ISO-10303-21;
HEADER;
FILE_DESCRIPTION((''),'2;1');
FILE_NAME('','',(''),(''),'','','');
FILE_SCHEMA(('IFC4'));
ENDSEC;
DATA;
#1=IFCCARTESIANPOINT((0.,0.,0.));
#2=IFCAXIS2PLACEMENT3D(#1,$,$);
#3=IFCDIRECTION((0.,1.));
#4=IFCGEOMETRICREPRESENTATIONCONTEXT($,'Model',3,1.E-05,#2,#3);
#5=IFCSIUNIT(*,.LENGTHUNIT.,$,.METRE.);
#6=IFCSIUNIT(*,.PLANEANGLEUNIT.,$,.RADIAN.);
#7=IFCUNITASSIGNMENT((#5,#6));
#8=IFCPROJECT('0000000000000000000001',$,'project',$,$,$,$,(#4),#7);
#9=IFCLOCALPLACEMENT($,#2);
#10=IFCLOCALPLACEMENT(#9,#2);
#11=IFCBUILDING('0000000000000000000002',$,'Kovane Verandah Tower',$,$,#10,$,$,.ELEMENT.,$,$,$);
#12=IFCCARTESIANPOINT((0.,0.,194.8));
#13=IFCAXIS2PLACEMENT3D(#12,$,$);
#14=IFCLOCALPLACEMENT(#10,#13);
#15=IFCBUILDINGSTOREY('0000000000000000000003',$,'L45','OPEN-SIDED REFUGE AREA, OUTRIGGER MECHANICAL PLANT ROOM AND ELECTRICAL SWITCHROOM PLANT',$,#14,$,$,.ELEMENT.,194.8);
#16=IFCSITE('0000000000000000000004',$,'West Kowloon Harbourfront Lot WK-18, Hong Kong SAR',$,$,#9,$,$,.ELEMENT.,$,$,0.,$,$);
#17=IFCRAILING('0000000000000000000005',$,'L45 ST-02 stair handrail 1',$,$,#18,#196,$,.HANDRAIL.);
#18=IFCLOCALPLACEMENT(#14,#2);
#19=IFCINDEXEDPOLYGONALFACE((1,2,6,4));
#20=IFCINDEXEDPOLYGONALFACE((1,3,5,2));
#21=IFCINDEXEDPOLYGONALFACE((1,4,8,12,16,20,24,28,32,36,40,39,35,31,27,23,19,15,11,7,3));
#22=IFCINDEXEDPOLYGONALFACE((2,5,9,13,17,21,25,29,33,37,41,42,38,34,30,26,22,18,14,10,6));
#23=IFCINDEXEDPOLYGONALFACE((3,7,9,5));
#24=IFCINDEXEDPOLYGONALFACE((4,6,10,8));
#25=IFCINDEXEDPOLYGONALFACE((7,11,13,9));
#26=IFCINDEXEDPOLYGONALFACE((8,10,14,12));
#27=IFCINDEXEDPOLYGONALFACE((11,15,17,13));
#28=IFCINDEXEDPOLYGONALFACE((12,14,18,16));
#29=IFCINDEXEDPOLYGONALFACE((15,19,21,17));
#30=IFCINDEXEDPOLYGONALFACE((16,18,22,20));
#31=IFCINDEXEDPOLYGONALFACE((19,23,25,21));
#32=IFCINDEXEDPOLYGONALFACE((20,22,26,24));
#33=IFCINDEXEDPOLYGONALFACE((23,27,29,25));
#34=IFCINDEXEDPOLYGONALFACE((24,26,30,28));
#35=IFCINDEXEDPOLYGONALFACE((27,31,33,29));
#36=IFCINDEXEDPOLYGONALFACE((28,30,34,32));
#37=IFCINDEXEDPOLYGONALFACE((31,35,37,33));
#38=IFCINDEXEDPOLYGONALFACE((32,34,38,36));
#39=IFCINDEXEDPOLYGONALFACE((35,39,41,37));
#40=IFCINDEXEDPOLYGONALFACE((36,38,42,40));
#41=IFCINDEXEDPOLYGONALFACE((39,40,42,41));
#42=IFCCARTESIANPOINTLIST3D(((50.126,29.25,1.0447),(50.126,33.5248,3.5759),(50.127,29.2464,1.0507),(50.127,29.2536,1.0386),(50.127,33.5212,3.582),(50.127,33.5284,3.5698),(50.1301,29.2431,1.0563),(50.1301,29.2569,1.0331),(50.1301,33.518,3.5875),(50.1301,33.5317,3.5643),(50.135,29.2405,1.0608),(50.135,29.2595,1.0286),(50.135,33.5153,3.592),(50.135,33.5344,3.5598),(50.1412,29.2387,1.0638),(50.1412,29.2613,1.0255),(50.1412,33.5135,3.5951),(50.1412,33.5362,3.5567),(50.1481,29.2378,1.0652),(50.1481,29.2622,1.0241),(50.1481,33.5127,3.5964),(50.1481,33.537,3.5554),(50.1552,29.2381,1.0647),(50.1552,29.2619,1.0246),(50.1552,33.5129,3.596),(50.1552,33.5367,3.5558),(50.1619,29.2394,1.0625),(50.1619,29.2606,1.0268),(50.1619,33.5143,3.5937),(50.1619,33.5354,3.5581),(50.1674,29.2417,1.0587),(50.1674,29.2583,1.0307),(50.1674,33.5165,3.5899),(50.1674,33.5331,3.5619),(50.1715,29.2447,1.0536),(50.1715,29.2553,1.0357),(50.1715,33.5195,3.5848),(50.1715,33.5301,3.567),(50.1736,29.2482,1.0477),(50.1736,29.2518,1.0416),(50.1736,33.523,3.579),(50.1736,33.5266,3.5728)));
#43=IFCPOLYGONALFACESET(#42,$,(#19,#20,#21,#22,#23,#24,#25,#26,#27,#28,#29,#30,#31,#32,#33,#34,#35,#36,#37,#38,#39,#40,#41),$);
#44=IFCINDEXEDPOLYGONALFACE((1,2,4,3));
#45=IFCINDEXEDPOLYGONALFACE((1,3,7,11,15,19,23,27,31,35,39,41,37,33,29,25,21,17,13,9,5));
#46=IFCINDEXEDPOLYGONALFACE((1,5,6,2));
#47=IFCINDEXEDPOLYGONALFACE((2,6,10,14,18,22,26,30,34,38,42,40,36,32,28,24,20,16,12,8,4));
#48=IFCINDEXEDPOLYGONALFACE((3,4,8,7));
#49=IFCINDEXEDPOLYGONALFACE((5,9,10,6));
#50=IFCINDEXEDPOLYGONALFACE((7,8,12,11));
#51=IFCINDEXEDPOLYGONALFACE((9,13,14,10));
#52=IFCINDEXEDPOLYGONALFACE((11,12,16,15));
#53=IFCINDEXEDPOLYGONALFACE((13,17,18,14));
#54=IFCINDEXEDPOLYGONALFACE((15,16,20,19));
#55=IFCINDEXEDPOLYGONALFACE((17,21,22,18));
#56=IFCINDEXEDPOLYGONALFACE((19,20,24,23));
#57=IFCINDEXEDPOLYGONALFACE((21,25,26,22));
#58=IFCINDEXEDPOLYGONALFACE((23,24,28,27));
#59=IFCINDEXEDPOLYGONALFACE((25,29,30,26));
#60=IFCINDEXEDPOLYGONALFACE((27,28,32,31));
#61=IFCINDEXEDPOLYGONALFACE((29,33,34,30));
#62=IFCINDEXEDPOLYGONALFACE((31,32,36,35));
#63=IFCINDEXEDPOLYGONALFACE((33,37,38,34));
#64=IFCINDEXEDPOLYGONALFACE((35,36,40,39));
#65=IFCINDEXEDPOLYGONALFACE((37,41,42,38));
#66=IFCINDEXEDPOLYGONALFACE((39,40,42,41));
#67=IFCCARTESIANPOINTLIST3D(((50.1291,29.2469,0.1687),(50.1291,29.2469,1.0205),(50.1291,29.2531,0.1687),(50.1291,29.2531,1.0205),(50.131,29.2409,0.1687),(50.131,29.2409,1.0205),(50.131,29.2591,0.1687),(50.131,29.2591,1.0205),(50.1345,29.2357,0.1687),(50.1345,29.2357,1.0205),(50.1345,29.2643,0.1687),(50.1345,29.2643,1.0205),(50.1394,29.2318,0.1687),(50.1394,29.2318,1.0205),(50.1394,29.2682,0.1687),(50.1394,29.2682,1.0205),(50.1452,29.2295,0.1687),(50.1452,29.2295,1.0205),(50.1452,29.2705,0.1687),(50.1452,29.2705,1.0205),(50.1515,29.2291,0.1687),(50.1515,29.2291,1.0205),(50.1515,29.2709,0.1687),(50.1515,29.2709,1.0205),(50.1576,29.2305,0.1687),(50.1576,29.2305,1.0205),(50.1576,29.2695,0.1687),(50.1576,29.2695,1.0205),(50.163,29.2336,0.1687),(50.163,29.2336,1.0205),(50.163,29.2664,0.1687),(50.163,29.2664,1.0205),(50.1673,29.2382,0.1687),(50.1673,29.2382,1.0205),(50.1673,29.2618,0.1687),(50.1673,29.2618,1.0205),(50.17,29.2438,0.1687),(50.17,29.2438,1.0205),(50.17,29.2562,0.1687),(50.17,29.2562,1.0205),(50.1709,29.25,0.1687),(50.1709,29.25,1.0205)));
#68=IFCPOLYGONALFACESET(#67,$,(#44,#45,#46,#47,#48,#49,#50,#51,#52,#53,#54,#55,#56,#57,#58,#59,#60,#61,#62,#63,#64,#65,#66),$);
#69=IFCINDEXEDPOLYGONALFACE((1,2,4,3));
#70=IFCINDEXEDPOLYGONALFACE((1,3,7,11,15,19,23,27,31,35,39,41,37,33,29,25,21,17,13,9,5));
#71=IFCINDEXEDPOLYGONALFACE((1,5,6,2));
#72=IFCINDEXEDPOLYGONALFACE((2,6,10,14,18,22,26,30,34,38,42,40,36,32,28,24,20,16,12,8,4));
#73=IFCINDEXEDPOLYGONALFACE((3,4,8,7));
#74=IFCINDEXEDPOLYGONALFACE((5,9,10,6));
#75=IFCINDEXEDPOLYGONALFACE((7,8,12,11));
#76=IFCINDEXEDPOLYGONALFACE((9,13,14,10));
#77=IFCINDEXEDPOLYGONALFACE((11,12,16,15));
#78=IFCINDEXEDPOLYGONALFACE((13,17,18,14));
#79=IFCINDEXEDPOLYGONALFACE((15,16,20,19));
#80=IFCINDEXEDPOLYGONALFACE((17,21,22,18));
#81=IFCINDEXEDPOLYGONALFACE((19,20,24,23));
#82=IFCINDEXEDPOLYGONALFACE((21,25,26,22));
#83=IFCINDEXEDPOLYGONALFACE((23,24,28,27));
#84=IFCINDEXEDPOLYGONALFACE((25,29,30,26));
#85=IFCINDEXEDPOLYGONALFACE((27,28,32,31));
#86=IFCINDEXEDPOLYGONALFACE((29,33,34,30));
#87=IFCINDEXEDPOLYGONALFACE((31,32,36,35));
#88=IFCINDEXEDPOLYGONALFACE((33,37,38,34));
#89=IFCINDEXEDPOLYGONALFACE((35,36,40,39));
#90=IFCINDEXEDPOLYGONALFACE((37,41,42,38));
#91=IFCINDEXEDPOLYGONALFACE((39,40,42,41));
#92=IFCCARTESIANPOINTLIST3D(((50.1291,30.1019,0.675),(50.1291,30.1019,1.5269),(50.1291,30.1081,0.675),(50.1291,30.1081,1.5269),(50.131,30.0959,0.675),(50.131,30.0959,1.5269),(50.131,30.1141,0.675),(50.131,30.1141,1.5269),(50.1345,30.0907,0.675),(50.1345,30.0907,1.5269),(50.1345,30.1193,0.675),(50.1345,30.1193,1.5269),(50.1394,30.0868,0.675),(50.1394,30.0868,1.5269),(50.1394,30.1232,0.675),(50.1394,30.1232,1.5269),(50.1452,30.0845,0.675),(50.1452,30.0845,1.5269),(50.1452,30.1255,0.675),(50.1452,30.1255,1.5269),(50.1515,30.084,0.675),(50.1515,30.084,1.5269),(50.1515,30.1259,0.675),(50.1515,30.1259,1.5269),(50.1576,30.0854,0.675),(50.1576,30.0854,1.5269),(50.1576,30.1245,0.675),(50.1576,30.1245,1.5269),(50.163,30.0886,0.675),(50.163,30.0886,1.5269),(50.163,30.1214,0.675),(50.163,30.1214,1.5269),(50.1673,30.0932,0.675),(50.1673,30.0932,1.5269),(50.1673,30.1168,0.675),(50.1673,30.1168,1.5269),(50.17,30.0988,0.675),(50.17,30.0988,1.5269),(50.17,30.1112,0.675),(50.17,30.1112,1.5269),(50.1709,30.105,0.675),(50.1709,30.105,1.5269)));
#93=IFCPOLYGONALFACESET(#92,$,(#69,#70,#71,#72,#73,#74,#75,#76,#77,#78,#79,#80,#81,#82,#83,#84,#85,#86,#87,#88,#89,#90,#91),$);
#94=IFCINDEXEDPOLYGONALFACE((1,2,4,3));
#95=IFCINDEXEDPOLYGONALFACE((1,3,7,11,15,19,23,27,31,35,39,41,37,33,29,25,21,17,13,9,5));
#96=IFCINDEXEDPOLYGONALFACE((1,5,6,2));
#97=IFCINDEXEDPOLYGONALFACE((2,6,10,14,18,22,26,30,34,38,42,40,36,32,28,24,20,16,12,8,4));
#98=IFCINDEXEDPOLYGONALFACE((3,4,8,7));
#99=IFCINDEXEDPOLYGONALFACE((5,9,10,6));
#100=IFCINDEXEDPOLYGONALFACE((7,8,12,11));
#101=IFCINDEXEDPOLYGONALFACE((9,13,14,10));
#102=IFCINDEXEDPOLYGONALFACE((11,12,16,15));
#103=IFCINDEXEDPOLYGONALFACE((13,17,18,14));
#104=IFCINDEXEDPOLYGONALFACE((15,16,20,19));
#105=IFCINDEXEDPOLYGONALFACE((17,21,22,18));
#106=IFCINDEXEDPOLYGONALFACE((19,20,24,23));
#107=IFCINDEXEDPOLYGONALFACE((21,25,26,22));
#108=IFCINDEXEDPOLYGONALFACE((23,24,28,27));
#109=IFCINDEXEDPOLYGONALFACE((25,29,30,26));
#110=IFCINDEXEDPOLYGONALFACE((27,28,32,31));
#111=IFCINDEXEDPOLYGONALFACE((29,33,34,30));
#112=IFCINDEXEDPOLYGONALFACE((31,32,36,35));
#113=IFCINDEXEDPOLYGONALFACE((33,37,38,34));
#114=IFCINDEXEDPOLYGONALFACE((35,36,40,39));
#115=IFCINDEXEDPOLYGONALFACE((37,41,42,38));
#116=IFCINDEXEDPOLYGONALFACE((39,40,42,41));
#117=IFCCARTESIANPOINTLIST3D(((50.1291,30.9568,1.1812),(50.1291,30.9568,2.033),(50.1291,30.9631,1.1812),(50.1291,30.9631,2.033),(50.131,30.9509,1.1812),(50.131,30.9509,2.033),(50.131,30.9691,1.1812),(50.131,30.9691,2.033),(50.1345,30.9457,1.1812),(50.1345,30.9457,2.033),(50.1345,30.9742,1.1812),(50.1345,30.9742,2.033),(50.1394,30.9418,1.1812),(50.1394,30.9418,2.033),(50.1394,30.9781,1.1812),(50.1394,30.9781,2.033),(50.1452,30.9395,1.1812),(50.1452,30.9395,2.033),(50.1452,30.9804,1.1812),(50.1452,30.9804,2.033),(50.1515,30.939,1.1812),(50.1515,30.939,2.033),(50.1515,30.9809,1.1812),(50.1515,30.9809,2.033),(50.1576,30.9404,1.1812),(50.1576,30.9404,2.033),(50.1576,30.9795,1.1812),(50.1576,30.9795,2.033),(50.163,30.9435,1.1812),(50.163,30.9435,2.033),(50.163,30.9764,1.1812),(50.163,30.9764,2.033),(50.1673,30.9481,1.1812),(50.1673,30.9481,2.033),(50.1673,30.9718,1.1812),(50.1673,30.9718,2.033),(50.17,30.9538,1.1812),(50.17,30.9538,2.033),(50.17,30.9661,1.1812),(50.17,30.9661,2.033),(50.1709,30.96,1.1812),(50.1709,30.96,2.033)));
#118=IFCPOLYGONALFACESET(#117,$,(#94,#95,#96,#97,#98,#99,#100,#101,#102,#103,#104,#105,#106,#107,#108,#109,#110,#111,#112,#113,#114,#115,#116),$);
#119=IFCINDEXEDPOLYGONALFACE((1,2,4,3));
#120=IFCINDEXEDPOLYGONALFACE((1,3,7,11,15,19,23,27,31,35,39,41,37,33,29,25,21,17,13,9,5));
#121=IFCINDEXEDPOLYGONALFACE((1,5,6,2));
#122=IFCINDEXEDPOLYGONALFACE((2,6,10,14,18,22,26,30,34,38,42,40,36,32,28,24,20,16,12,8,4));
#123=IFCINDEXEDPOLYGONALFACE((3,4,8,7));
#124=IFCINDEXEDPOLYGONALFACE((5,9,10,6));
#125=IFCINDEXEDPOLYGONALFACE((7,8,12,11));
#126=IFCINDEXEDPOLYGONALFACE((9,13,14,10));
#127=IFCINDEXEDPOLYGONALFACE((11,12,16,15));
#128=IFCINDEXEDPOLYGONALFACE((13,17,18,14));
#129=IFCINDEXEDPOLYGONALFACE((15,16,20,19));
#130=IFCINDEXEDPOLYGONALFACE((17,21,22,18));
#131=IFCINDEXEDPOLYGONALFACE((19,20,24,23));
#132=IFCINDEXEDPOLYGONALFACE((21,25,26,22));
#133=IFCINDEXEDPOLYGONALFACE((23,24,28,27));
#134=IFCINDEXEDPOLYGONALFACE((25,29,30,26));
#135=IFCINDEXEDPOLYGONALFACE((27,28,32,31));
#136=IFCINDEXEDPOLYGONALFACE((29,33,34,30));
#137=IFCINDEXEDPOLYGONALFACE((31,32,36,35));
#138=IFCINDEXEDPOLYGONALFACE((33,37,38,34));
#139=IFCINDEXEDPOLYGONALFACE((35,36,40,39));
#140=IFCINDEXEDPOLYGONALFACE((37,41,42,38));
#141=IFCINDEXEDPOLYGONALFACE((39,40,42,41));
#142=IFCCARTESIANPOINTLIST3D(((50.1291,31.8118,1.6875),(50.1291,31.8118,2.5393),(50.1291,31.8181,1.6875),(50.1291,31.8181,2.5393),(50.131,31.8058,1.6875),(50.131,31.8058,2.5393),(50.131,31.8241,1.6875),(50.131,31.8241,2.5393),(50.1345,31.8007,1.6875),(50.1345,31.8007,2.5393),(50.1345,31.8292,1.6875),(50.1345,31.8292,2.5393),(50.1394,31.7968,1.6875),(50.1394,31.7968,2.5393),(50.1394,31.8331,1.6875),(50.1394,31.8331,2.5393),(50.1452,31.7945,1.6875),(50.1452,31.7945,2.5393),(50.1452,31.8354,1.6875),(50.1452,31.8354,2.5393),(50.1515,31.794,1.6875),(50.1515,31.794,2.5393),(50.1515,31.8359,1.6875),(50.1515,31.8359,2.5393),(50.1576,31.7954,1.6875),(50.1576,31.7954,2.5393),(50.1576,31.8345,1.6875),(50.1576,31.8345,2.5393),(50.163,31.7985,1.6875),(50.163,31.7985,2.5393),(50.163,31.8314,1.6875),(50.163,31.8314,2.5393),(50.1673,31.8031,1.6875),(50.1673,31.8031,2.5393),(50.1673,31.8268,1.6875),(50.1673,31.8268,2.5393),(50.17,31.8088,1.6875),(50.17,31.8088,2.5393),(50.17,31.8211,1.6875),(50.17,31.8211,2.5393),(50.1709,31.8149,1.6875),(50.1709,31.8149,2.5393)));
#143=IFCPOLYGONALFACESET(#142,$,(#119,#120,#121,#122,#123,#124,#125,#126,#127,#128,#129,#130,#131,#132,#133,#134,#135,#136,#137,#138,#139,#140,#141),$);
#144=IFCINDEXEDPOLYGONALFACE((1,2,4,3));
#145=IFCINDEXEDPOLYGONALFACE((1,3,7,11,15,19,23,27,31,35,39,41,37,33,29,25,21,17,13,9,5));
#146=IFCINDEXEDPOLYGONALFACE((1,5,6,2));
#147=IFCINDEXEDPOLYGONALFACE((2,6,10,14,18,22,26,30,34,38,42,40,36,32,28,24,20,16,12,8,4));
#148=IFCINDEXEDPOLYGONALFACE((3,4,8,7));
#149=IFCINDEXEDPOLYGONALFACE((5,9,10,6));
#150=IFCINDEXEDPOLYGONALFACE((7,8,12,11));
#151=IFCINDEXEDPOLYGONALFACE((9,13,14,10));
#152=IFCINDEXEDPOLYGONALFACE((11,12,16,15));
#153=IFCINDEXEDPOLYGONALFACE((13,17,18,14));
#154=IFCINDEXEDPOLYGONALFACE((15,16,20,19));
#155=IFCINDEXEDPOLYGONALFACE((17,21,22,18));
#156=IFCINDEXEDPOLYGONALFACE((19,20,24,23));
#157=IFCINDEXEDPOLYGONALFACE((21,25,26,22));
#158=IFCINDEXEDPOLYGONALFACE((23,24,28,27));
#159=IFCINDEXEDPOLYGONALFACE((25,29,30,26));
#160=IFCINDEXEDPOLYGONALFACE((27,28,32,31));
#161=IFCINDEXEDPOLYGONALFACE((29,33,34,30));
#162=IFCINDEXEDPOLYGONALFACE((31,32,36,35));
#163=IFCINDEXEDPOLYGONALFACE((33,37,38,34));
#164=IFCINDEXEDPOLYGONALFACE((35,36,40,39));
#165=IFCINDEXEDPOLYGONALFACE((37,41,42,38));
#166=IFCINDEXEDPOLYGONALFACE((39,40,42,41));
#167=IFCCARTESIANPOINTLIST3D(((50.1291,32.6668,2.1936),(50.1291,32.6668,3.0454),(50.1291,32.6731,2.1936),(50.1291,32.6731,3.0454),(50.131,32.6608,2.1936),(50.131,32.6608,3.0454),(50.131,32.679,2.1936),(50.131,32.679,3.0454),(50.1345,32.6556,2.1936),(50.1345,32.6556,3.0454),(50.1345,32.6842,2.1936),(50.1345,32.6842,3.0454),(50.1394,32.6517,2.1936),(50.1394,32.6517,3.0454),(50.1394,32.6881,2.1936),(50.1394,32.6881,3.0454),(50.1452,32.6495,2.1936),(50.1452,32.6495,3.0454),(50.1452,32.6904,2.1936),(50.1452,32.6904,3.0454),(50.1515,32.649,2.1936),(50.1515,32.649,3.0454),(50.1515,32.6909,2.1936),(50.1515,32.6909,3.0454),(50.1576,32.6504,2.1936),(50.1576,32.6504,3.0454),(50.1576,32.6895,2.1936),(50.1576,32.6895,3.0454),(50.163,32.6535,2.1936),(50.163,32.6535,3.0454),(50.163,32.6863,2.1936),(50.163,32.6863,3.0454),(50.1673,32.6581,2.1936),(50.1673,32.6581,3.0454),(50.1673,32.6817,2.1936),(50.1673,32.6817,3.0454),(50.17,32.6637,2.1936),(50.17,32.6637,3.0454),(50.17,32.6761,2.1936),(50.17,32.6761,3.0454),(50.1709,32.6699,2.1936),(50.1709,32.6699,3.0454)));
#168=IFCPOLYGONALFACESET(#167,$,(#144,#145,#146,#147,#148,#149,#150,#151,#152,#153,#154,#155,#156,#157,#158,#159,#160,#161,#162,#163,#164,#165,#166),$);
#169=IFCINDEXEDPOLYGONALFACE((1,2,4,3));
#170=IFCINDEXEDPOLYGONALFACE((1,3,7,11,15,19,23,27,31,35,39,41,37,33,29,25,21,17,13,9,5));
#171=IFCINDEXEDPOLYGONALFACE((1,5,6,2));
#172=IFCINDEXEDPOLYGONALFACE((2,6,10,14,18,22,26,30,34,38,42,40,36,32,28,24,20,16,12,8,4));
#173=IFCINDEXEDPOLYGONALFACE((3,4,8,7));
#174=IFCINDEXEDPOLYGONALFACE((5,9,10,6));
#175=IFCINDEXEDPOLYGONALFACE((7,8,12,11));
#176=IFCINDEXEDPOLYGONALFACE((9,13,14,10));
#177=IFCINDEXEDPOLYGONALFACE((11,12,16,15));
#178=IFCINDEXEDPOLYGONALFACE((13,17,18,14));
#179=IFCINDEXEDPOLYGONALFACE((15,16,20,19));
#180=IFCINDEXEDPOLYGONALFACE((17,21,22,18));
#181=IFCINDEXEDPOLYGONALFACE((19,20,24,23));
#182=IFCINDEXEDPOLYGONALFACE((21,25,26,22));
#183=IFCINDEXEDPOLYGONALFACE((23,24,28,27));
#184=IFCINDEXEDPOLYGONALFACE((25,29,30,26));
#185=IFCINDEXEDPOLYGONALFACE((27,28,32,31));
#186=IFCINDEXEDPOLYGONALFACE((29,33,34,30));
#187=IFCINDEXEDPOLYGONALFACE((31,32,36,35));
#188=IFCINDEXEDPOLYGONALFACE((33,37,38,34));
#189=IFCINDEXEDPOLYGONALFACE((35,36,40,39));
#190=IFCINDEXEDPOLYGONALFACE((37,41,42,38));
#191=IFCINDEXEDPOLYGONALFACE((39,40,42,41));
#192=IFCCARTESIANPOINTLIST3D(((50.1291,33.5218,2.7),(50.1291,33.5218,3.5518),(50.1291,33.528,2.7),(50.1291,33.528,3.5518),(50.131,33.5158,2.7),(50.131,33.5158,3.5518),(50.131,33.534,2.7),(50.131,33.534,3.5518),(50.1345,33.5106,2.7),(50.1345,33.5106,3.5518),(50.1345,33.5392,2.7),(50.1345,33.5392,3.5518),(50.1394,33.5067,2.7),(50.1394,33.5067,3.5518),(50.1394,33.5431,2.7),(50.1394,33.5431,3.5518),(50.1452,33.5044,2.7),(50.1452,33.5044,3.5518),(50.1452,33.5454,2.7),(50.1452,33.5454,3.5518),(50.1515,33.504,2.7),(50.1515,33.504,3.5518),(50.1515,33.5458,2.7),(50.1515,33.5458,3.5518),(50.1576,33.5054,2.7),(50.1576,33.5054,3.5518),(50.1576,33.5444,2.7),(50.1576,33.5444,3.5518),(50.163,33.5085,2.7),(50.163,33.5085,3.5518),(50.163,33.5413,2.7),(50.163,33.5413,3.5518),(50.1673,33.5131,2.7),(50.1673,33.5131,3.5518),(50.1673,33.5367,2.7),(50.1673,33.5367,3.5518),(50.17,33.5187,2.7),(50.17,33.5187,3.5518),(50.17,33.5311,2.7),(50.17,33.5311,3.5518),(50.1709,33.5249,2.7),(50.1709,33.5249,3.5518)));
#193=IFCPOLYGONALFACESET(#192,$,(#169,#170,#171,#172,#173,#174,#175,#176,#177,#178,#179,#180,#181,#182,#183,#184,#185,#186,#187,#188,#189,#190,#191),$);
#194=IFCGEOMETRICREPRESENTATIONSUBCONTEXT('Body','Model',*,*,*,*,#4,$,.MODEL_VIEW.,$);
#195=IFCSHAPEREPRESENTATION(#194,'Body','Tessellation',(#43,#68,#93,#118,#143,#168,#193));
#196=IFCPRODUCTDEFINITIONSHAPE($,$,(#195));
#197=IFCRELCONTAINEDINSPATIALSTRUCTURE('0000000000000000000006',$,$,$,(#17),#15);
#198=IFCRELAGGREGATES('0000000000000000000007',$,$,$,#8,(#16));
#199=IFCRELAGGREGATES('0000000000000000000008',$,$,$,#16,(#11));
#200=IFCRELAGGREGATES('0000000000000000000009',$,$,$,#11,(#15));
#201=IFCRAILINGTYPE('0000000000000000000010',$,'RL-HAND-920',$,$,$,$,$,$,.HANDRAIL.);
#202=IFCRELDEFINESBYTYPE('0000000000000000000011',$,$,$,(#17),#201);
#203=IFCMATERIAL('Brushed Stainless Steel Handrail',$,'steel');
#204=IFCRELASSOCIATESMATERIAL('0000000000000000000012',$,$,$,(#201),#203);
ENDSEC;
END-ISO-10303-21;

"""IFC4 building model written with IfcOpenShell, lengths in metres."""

from ifc_helpers import new_model, si_unit, direction, frame, origin, origin_2d, place, context, subcontext, project, spatial, circle, extrude, material, type_object, element, save


model = new_model("IFC4")

# Units and contexts
model_context = context("Model", 3, precision=1e-05, world=origin(), true_north=direction((0.0, 1.0)))
body_context = subcontext(model_context, "Body", "Model", "MODEL_VIEW")
ifc_project = project(units=[si_unit("LENGTHUNIT", "METRE"), si_unit("PLANEANGLEUNIT", "RADIAN")], contexts=[model_context])

# Site, building, storey
site_placement = place(None, origin())
site = spatial("IfcSite", under=ifc_project, at=site_placement, Name="West Kowloon Harbourfront Lot WK-18, Hong Kong SAR", CompositionType="ELEMENT", RefElevation=0.0)
building_placement = place(site_placement, origin())
building = spatial("IfcBuilding", under=site, at=building_placement, Name="Kovane Verandah Tower", CompositionType="ELEMENT")
storey_placement = place(building_placement, frame((0.0, 0.0, 194.8)))
storey = spatial("IfcBuildingStorey", under=building, at=storey_placement, Name="L45", Description="OPEN-SIDED REFUGE AREA, OUTRIGGER MECHANICAL PLANT ROOM AND ELECTRICAL SWITCHROOM PLANT", CompositionType="ELEMENT", Elevation=194.8)

# Railing
ifc_material_1 = material(Name="Brushed Stainless Steel Handrail", Category="steel")
railing_type_1 = type_object("IfcRailingType", Name="RL-HAND-920", PredefinedType="HANDRAIL", material=ifc_material_1)
railing_1_placement = place(storey_placement, frame((50.1499, 29.25, 0.1687)))
element("IfcRailing", 1, at=railing_1_placement, inside=storey, type_object=railing_type_1, Name="L45 ST-02 stair handrail 1", PredefinedType="HANDRAIL", context=body_context, shape_type="SweptSolid", body=[
    extrude(circle(Radius=0.0239, at=origin_2d()), frame((0.0, 0.0, 0.876), z_axis=(0.0, 0.86047, 0.509501), x_axis=(-1.0, 0.0, 0.0)), (0.0, 0.0, 1.0), 4.968),
    extrude(circle(Radius=0.021, at=origin_2d()), origin(), (0.0, 0.0, 1.0), 0.8518),
    extrude(circle(Radius=0.021, at=origin_2d()), frame((0.0, 0.855, 0.5063)), (0.0, 0.0, 1.0), 0.8518),
    extrude(circle(Radius=0.021, at=origin_2d()), frame((0.0, 1.71, 1.0125)), (0.0, 0.0, 1.0), 0.8518),
    extrude(circle(Radius=0.021, at=origin_2d()), frame((0.0, 2.5649, 1.5188)), (0.0, 0.0, 1.0), 0.8518),
    extrude(circle(Radius=0.021, at=origin_2d()), frame((0.0, 3.4199, 2.0249)), (0.0, 0.0, 1.0), 0.8518),
    extrude(circle(Radius=0.021, at=origin_2d()), frame((0.0, 4.2749, 2.5312)), (0.0, 0.0, 1.0), 0.8518),
])

save(model, "model.ifc")
